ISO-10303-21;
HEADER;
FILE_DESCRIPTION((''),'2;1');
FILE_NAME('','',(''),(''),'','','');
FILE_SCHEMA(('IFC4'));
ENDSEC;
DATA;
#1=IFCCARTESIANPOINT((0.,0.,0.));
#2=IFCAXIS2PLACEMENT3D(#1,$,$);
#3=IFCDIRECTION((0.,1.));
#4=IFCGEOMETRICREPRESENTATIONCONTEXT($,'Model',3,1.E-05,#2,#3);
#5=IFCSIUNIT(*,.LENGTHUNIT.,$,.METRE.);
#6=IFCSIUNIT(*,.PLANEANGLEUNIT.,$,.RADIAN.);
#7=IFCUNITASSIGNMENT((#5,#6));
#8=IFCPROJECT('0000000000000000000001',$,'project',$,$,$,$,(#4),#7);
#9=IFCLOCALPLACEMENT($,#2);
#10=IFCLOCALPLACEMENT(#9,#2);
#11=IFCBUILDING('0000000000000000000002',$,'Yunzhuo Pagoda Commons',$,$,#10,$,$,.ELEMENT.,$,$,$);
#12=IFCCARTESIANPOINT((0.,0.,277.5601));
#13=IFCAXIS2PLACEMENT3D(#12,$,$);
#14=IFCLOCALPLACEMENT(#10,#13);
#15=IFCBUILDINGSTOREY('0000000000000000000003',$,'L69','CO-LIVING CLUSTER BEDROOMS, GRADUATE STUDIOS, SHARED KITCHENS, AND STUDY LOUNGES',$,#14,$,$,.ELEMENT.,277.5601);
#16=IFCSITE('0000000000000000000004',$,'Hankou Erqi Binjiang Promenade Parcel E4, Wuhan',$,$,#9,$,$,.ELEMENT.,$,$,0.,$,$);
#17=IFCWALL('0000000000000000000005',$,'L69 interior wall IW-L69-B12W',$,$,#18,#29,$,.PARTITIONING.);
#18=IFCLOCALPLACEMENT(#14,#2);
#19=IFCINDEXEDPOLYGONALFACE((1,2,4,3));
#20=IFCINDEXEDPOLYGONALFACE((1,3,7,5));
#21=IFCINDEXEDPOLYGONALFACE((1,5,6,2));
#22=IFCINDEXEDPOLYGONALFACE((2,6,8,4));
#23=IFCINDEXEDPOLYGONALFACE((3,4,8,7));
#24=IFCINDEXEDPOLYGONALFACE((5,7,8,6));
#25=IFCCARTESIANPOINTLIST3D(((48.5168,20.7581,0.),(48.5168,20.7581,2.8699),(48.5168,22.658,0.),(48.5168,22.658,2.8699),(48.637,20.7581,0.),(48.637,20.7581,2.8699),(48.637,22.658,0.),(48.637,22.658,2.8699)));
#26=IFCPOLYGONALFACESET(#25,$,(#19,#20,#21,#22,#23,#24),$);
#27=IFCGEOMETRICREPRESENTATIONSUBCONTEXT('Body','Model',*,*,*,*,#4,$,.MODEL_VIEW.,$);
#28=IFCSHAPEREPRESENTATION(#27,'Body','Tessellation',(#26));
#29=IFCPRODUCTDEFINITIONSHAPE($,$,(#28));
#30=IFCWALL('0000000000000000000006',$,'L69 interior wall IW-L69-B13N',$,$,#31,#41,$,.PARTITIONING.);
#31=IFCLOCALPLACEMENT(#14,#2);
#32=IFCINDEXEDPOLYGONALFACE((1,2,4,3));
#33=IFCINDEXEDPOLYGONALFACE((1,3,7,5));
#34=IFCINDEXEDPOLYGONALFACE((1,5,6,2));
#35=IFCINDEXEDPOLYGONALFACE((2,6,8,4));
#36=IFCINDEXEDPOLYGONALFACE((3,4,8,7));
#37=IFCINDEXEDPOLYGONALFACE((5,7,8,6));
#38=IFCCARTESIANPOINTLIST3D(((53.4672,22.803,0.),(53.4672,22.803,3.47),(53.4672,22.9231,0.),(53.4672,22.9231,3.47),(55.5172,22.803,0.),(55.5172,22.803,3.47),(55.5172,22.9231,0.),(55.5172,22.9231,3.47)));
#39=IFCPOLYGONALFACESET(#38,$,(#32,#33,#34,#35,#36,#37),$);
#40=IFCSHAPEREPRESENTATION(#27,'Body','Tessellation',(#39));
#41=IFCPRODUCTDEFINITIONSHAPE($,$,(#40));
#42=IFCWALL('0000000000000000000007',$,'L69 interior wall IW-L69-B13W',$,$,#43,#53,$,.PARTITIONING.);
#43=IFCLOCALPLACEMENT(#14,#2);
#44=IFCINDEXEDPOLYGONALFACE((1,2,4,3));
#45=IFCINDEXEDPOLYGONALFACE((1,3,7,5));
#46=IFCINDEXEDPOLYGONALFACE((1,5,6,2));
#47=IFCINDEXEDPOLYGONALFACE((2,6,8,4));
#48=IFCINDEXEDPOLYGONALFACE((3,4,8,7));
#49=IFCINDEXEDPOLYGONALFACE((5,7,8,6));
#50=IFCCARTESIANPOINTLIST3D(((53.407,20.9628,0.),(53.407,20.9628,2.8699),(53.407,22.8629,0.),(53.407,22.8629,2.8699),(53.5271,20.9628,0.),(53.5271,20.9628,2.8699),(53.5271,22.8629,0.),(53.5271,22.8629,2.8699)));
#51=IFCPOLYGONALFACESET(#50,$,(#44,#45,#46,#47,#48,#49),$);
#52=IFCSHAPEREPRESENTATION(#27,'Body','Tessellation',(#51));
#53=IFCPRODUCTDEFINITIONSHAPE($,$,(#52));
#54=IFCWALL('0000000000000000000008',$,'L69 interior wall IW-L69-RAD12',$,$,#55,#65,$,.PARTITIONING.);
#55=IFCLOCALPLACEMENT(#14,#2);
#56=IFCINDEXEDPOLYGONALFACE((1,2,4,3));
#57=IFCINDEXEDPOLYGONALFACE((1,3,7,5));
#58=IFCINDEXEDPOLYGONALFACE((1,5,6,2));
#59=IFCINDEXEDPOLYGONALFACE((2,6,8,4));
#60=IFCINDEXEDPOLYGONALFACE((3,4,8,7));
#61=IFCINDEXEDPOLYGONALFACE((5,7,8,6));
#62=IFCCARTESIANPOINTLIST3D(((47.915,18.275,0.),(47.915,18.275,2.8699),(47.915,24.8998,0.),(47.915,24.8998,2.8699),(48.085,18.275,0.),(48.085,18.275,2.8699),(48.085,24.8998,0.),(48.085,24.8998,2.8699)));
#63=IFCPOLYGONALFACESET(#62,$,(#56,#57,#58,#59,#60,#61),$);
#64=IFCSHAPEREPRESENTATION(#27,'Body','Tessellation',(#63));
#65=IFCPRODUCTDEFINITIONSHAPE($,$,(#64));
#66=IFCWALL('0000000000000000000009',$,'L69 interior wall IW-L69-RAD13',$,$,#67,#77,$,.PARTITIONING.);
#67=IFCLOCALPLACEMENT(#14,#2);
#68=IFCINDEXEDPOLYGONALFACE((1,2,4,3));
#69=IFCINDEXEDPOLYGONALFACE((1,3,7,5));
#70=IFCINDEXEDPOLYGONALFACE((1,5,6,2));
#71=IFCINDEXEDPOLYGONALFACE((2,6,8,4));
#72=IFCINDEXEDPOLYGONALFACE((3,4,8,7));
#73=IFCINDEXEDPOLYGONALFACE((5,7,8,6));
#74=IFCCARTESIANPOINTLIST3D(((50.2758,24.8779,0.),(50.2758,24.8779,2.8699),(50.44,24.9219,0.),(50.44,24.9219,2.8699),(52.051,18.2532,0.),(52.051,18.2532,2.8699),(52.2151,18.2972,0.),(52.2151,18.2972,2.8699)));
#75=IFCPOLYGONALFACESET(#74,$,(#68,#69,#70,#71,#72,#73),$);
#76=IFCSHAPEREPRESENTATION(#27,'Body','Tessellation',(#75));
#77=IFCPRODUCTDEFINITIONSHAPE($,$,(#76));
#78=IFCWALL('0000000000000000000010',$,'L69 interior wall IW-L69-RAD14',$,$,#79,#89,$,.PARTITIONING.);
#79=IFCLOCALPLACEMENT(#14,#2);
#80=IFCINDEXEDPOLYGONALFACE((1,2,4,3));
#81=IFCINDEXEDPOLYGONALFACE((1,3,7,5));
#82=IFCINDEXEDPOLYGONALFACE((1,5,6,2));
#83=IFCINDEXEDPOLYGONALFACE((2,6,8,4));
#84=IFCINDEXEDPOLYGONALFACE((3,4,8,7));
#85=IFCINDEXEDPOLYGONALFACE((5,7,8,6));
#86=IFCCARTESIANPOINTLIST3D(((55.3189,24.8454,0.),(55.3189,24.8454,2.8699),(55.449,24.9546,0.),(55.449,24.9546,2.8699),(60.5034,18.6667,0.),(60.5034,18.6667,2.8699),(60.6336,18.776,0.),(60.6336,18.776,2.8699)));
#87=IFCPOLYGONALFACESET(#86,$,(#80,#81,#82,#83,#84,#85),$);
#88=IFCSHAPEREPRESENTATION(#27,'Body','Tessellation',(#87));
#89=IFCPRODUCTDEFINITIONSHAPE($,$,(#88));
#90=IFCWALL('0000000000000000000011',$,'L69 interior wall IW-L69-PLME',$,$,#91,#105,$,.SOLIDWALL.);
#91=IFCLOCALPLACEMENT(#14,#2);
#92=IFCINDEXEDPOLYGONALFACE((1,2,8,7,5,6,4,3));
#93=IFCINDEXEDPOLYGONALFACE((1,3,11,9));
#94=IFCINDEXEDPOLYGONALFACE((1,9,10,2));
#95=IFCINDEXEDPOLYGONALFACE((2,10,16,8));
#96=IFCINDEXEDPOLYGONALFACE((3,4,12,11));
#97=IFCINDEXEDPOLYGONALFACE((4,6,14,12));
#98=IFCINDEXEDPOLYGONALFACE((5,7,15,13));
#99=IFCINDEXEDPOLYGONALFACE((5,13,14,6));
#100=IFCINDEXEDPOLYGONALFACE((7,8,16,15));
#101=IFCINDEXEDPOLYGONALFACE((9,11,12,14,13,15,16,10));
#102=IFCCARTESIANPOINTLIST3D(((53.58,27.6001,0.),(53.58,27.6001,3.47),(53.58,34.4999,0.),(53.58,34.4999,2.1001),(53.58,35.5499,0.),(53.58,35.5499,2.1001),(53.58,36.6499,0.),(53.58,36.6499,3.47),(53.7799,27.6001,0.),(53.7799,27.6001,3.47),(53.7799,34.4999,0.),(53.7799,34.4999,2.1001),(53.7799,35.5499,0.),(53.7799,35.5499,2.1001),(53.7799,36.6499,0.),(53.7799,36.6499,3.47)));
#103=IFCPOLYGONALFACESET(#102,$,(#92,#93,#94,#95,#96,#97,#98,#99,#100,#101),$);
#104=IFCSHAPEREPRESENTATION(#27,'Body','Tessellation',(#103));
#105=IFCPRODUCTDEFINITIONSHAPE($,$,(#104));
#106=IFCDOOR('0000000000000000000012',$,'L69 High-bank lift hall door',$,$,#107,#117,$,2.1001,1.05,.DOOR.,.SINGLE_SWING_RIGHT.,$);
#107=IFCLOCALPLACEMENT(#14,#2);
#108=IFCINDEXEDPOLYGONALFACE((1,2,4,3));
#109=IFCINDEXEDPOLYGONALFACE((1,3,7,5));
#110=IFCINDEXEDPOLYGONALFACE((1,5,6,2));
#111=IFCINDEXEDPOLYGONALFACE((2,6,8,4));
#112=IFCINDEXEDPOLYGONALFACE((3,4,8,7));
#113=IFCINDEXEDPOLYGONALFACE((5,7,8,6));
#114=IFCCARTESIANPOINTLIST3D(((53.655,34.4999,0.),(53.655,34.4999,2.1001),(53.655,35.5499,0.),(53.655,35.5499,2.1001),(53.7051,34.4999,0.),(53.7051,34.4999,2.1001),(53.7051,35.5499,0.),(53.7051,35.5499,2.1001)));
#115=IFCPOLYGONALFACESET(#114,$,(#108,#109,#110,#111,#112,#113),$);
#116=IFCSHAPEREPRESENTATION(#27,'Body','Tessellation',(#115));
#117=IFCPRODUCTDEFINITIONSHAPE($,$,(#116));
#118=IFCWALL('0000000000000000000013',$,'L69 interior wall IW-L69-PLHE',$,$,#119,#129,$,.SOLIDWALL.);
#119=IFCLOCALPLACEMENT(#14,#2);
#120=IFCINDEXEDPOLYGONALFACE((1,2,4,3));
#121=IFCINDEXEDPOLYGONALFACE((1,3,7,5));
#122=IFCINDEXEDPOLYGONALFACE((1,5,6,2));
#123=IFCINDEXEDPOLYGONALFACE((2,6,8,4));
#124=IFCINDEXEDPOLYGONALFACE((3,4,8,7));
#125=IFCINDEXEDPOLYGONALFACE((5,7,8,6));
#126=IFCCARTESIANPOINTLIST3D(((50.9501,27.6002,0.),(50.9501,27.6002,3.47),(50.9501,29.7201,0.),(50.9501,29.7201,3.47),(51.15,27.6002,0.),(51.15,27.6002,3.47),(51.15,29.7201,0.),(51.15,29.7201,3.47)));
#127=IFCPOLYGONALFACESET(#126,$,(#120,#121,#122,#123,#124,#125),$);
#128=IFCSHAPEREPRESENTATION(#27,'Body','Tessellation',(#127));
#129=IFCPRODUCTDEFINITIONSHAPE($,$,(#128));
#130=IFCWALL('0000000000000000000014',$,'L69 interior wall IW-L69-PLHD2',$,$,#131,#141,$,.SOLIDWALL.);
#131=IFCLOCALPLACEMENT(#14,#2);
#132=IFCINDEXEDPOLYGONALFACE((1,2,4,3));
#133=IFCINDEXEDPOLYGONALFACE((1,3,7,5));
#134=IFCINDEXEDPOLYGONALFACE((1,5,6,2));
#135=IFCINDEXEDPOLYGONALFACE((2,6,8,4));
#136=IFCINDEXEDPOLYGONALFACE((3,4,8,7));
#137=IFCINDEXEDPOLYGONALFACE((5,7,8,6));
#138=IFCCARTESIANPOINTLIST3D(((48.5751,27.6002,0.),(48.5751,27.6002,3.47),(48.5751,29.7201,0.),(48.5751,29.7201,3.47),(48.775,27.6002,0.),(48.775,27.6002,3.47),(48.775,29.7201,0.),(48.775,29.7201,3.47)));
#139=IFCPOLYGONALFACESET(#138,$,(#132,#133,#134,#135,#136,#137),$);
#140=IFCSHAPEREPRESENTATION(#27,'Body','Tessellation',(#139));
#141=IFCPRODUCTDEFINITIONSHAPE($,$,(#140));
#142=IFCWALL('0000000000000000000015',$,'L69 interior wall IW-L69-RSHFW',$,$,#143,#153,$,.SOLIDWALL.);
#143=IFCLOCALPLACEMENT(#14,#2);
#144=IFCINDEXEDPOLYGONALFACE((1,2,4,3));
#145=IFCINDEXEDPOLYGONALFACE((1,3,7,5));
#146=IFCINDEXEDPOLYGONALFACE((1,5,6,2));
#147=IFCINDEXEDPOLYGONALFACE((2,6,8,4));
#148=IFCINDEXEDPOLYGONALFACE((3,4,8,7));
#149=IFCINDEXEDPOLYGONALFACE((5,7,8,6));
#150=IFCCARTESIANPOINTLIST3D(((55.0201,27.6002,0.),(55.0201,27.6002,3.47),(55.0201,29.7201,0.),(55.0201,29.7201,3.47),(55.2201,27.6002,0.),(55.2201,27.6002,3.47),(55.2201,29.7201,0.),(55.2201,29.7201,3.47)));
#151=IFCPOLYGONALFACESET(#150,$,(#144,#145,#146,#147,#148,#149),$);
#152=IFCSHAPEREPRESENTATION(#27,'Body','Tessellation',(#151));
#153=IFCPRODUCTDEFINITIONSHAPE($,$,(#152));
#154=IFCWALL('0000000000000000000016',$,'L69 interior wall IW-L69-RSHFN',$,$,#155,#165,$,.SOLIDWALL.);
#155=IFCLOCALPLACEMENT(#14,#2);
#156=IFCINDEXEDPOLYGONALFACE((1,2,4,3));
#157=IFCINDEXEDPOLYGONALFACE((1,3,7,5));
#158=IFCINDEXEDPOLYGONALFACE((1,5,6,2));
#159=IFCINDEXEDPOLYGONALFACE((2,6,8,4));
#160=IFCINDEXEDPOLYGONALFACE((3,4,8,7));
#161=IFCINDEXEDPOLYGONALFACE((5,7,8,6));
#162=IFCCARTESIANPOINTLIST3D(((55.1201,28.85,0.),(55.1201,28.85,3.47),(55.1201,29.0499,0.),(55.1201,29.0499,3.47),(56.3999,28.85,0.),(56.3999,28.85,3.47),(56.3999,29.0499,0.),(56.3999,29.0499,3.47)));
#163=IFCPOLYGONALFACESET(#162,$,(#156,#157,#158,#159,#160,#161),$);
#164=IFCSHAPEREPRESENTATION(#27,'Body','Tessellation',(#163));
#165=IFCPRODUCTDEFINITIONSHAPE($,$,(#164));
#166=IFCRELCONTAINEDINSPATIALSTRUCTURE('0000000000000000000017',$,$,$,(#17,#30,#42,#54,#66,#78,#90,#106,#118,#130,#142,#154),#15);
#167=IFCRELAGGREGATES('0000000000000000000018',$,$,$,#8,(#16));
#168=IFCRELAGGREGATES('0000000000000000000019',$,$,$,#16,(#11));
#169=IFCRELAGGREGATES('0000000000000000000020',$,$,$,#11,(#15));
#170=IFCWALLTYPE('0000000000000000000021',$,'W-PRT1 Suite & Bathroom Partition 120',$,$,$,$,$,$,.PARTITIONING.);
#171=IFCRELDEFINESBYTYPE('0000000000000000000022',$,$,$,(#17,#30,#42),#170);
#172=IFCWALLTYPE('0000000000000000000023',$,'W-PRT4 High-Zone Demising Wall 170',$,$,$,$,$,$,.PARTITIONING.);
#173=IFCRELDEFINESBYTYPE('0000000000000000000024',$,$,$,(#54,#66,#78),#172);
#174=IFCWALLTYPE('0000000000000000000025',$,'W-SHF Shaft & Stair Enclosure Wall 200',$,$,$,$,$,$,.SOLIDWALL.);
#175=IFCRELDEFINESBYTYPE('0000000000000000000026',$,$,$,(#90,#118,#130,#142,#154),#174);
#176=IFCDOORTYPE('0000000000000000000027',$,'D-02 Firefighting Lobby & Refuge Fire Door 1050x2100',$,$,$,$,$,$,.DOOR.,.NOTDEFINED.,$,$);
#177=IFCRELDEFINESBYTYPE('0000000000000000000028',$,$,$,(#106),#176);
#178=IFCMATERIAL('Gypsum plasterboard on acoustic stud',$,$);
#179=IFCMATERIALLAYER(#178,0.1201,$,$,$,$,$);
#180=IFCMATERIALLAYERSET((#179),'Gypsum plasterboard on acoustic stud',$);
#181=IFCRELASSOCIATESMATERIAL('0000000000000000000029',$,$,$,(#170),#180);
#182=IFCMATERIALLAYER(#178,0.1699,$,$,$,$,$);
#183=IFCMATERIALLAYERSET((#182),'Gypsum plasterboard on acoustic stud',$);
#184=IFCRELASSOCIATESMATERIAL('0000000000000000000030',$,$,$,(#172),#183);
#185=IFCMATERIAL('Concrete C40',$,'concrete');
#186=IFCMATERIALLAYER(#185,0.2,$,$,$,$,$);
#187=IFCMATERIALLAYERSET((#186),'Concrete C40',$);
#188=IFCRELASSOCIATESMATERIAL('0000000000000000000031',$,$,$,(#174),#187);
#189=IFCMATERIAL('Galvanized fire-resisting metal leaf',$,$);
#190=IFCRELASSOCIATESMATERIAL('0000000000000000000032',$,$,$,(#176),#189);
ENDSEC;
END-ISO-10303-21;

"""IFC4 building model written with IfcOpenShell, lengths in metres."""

from ifc_helpers import new_model, si_unit, direction, frame, frame_2d, origin, origin_with_axes, place, context, subcontext, project, spatial, rectangle, extrude, source, transform, mapped, material, layer, layer_set, type_object, element, fill, save


model = new_model("IFC4")

# Units and contexts
model_context = context("Model", 3, precision=1e-05, world=origin(), true_north=direction((0.0, 1.0)))
body_context = subcontext(model_context, "Body", "Model", "MODEL_VIEW")
ifc_project = project(units=[si_unit("LENGTHUNIT", "METRE"), si_unit("PLANEANGLEUNIT", "RADIAN")], contexts=[model_context])

# Site, building, storey
site_placement = place(None, origin())
site = spatial("IfcSite", under=ifc_project, at=site_placement, Name="Hankou Erqi Binjiang Promenade Parcel E4, Wuhan", CompositionType="ELEMENT", RefElevation=0.0)
building_placement = place(site_placement, origin())
building = spatial("IfcBuilding", under=site, at=building_placement, Name="Yunzhuo Pagoda Commons", CompositionType="ELEMENT")
storey_placement = place(building_placement, frame((0.0, 0.0, 277.5601)))
storey = spatial("IfcBuildingStorey", under=building, at=storey_placement, Name="L69", Description="CO-LIVING CLUSTER BEDROOMS, GRADUATE STUDIOS, SHARED KITCHENS, AND STUDY LOUNGES", CompositionType="ELEMENT", Elevation=277.5601)

# Shared definitions
ifc_material_1 = material(Name="Gypsum plasterboard on acoustic stud")

# Shared definitions
ifc_material_2 = material(Name="Galvanized fire-resisting metal leaf")

# Walls
ifc_layer_1 = layer(ifc_material_1, 0.1201)
ifc_layer_set_1 = layer_set([ifc_layer_1], Name="Gypsum plasterboard on acoustic stud")
wall_type_1 = type_object("IfcWallType", Name="W-PRT1 Suite & Bathroom Partition 120", PredefinedType="PARTITIONING", material=ifc_layer_set_1)
wall_1_placement = place(storey_placement, frame((48.5769, 22.658, 0.0), z_axis=(0.0, 0.0, 1.0), x_axis=(0.0, -1.0, 0.0)))
element("IfcWall", 1, at=wall_1_placement, inside=storey, type_object=wall_type_1, Name="L69 interior wall IW-L69-B12W", PredefinedType="PARTITIONING", context=body_context, shape_type="SweptSolid", body=[
    extrude(rectangle(XDim=1.8999, YDim=0.1201, at=frame_2d((0.95, 0.0))), origin(), (0.0, 0.0, 1.0), 2.8699),
])
wall_2_placement = place(storey_placement, frame((55.5171, 22.863, 0.0), z_axis=(0.0, 0.0, 1.0), x_axis=(-1.0, 0.0, 0.0)))
element("IfcWall", 2, at=wall_2_placement, inside=storey, type_object=wall_type_1, Name="L69 interior wall IW-L69-B13N", PredefinedType="PARTITIONING", context=body_context, shape_type="SweptSolid", body=[
    extrude(rectangle(XDim=2.05, YDim=0.1201, at=frame_2d((1.0249, 0.0))), origin(), (0.0, 0.0, 1.0), 3.47),
])
wall_3_placement = place(storey_placement, frame((53.467, 22.863, 0.0), z_axis=(0.0, 0.0, 1.0), x_axis=(0.0, -1.0, 0.0)))
element("IfcWall", 3, at=wall_3_placement, inside=storey, type_object=wall_type_1, Name="L69 interior wall IW-L69-B13W", PredefinedType="PARTITIONING", context=body_context, shape_type="SweptSolid", body=[
    extrude(rectangle(XDim=1.9001, YDim=0.1201, at=frame_2d((0.9502, 0.0))), origin(), (0.0, 0.0, 1.0), 2.8699),
])
ifc_layer_2 = layer(ifc_material_1, 0.1699)
ifc_layer_set_2 = layer_set([ifc_layer_2], Name="Gypsum plasterboard on acoustic stud")
wall_type_2 = type_object("IfcWallType", Name="W-PRT4 High-Zone Demising Wall 170", PredefinedType="PARTITIONING", material=ifc_layer_set_2)
wall_4_placement = place(storey_placement, frame((48.0, 24.8999, 0.0), z_axis=(0.0, 0.0, 1.0), x_axis=(0.0, -1.0, 0.0)))
element("IfcWall", 4, at=wall_4_placement, inside=storey, type_object=wall_type_2, Name="L69 interior wall IW-L69-RAD12", PredefinedType="PARTITIONING", context=body_context, shape_type="SweptSolid", body=[
    extrude(rectangle(XDim=6.6248, YDim=0.1699, at=frame_2d((3.3125, 0.0))), origin(), (0.0, 0.0, 1.0), 2.8699),
])
wall_5_placement = place(storey_placement, frame((50.3579, 24.8999, 0.0), z_axis=(0.0, 0.0, 1.0), x_axis=(0.258826, -0.965924, 0.0)))
element("IfcWall", 5, at=wall_5_placement, inside=storey, type_object=wall_type_2, Name="L69 interior wall IW-L69-RAD13", PredefinedType="PARTITIONING", context=body_context, shape_type="SweptSolid", body=[
    extrude(rectangle(XDim=6.8584, YDim=0.1699, at=frame_2d((3.4292, 0.0))), origin(), (0.0, 0.0, 1.0), 2.8699),
])
wall_6_placement = place(storey_placement, frame((55.384, 24.8999, 0.0), z_axis=(0.0, 0.0, 1.0), x_axis=(0.642789, -0.766043, 0.0)))
element("IfcWall", 6, at=wall_6_placement, inside=storey, type_object=wall_type_2, Name="L69 interior wall IW-L69-RAD14", PredefinedType="PARTITIONING", context=body_context, shape_type="SweptSolid", body=[
    extrude(rectangle(XDim=8.0657, YDim=0.1699, at=frame_2d((4.0327, 0.0))), origin(), (0.0, 0.0, 1.0), 2.8699),
])

# Wall, opening, door
ifc_material_3 = material(Name="Concrete C40", Category="concrete")
ifc_layer_3 = layer(ifc_material_3, 0.2)
ifc_layer_set_3 = layer_set([ifc_layer_3], Name="Concrete C40")
wall_type_3 = type_object("IfcWallType", Name="W-SHF Shaft & Stair Enclosure Wall 200", PredefinedType="SOLIDWALL", material=ifc_layer_set_3)
wall_7_placement = place(storey_placement, frame((53.6799, 27.6001, 0.0), z_axis=(0.0, 0.0, 1.0), x_axis=(0.0, 1.0, 0.0)))
wall_7 = element("IfcWall", 7, at=wall_7_placement, inside=storey, type_object=wall_type_3, Name="L69 interior wall IW-L69-PLME", PredefinedType="SOLIDWALL", context=body_context, shape_type="SweptSolid", body=[
    extrude(rectangle(XDim=9.0498, YDim=0.2, at=frame_2d((4.5249, 0.0))), origin(), (0.0, 0.0, 1.0), 3.47),
])
opening_1_placement = place(wall_7_placement, frame((6.8999, 0.0, 0.0)))
opening_1 = element("IfcOpeningElement", 8, at=opening_1_placement, cuts=wall_7, PredefinedType="OPENING", context=body_context, shape_type="SweptSolid", body=[
    extrude(rectangle(XDim=1.05, YDim=2.1001, at=frame_2d((0.5249, 1.05))), frame((0.0, 0.1099, 0.0), z_axis=(0.0, -1.0, 0.0), x_axis=(1.0, 0.0, 0.0)), (0.0, 0.0, 1.0), 0.22),
])
door_type_1 = type_object("IfcDoorType", Name="D-02 Firefighting Lobby & Refuge Fire Door 1050x2100", OperationType="NOTDEFINED", PredefinedType="DOOR", material=ifc_material_2)
shared_shape_1 = source(origin(), body_context, "Body", "SweptSolid", [
    extrude(rectangle(XDim=1.05, YDim=2.1001, at=frame_2d((0.5249, 1.05))), frame((0.0, 0.0249, 0.0), z_axis=(0.0, -1.0, 0.0), x_axis=(1.0, 0.0, 0.0)), (0.0, 0.0, 1.0), 0.05),
])
door_1_placement = place(opening_1_placement, origin_with_axes())
door_1 = element("IfcDoor", 9, at=door_1_placement, inside=storey, type_object=door_type_1, Name="L69 High-bank lift hall door", OperationType="SINGLE_SWING_RIGHT", OverallHeight=2.1001, OverallWidth=1.05, PredefinedType="DOOR", context=body_context, shape_type="MappedRepresentation", body=[
    mapped(shared_shape_1, transform((0.0, 0.0, 0.0), scale=1.0)),
])
fill(opening_1, door_1)

# Walls
for number, where, z_axis, x_axis, name in (
    (10, (51.05, 27.6001, 0.0), (0.0, 0.0, 1.0), (0.0, 1.0, 0.0), "L69 interior wall IW-L69-PLHE"),
    (11, (48.675, 27.6001, 0.0), (0.0, 0.0, 1.0), (0.0, 1.0, 0.0), "L69 interior wall IW-L69-PLHD2"),
    (12, (55.1201, 27.6001, 0.0), (0.0, 0.0, 1.0), (0.0, 1.0, 0.0), "L69 interior wall IW-L69-RSHFW"),
):
    element("IfcWall", number, at=place(storey_placement, frame(where, z_axis=z_axis, x_axis=x_axis)), inside=storey, type_object=wall_type_3, Name=name, PredefinedType="SOLIDWALL", context=body_context, shape_type="SweptSolid", body=[
        extrude(rectangle(XDim=2.1199, YDim=0.2, at=frame_2d((1.0601, 0.0))), origin(), (0.0, 0.0, 1.0), 3.47),
    ])
wall_8_placement = place(storey_placement, frame((55.1201, 28.95, 0.0), z_axis=(0.0, 0.0, 1.0), x_axis=(1.0, 0.0, 0.0)))
element("IfcWall", 13, at=wall_8_placement, inside=storey, type_object=wall_type_3, Name="L69 interior wall IW-L69-RSHFN", PredefinedType="SOLIDWALL", context=body_context, shape_type="SweptSolid", body=[
    extrude(rectangle(XDim=1.2798, YDim=0.2, at=frame_2d((0.6399, 0.0))), origin(), (0.0, 0.0, 1.0), 3.47),
])

save(model, "model.ifc")
